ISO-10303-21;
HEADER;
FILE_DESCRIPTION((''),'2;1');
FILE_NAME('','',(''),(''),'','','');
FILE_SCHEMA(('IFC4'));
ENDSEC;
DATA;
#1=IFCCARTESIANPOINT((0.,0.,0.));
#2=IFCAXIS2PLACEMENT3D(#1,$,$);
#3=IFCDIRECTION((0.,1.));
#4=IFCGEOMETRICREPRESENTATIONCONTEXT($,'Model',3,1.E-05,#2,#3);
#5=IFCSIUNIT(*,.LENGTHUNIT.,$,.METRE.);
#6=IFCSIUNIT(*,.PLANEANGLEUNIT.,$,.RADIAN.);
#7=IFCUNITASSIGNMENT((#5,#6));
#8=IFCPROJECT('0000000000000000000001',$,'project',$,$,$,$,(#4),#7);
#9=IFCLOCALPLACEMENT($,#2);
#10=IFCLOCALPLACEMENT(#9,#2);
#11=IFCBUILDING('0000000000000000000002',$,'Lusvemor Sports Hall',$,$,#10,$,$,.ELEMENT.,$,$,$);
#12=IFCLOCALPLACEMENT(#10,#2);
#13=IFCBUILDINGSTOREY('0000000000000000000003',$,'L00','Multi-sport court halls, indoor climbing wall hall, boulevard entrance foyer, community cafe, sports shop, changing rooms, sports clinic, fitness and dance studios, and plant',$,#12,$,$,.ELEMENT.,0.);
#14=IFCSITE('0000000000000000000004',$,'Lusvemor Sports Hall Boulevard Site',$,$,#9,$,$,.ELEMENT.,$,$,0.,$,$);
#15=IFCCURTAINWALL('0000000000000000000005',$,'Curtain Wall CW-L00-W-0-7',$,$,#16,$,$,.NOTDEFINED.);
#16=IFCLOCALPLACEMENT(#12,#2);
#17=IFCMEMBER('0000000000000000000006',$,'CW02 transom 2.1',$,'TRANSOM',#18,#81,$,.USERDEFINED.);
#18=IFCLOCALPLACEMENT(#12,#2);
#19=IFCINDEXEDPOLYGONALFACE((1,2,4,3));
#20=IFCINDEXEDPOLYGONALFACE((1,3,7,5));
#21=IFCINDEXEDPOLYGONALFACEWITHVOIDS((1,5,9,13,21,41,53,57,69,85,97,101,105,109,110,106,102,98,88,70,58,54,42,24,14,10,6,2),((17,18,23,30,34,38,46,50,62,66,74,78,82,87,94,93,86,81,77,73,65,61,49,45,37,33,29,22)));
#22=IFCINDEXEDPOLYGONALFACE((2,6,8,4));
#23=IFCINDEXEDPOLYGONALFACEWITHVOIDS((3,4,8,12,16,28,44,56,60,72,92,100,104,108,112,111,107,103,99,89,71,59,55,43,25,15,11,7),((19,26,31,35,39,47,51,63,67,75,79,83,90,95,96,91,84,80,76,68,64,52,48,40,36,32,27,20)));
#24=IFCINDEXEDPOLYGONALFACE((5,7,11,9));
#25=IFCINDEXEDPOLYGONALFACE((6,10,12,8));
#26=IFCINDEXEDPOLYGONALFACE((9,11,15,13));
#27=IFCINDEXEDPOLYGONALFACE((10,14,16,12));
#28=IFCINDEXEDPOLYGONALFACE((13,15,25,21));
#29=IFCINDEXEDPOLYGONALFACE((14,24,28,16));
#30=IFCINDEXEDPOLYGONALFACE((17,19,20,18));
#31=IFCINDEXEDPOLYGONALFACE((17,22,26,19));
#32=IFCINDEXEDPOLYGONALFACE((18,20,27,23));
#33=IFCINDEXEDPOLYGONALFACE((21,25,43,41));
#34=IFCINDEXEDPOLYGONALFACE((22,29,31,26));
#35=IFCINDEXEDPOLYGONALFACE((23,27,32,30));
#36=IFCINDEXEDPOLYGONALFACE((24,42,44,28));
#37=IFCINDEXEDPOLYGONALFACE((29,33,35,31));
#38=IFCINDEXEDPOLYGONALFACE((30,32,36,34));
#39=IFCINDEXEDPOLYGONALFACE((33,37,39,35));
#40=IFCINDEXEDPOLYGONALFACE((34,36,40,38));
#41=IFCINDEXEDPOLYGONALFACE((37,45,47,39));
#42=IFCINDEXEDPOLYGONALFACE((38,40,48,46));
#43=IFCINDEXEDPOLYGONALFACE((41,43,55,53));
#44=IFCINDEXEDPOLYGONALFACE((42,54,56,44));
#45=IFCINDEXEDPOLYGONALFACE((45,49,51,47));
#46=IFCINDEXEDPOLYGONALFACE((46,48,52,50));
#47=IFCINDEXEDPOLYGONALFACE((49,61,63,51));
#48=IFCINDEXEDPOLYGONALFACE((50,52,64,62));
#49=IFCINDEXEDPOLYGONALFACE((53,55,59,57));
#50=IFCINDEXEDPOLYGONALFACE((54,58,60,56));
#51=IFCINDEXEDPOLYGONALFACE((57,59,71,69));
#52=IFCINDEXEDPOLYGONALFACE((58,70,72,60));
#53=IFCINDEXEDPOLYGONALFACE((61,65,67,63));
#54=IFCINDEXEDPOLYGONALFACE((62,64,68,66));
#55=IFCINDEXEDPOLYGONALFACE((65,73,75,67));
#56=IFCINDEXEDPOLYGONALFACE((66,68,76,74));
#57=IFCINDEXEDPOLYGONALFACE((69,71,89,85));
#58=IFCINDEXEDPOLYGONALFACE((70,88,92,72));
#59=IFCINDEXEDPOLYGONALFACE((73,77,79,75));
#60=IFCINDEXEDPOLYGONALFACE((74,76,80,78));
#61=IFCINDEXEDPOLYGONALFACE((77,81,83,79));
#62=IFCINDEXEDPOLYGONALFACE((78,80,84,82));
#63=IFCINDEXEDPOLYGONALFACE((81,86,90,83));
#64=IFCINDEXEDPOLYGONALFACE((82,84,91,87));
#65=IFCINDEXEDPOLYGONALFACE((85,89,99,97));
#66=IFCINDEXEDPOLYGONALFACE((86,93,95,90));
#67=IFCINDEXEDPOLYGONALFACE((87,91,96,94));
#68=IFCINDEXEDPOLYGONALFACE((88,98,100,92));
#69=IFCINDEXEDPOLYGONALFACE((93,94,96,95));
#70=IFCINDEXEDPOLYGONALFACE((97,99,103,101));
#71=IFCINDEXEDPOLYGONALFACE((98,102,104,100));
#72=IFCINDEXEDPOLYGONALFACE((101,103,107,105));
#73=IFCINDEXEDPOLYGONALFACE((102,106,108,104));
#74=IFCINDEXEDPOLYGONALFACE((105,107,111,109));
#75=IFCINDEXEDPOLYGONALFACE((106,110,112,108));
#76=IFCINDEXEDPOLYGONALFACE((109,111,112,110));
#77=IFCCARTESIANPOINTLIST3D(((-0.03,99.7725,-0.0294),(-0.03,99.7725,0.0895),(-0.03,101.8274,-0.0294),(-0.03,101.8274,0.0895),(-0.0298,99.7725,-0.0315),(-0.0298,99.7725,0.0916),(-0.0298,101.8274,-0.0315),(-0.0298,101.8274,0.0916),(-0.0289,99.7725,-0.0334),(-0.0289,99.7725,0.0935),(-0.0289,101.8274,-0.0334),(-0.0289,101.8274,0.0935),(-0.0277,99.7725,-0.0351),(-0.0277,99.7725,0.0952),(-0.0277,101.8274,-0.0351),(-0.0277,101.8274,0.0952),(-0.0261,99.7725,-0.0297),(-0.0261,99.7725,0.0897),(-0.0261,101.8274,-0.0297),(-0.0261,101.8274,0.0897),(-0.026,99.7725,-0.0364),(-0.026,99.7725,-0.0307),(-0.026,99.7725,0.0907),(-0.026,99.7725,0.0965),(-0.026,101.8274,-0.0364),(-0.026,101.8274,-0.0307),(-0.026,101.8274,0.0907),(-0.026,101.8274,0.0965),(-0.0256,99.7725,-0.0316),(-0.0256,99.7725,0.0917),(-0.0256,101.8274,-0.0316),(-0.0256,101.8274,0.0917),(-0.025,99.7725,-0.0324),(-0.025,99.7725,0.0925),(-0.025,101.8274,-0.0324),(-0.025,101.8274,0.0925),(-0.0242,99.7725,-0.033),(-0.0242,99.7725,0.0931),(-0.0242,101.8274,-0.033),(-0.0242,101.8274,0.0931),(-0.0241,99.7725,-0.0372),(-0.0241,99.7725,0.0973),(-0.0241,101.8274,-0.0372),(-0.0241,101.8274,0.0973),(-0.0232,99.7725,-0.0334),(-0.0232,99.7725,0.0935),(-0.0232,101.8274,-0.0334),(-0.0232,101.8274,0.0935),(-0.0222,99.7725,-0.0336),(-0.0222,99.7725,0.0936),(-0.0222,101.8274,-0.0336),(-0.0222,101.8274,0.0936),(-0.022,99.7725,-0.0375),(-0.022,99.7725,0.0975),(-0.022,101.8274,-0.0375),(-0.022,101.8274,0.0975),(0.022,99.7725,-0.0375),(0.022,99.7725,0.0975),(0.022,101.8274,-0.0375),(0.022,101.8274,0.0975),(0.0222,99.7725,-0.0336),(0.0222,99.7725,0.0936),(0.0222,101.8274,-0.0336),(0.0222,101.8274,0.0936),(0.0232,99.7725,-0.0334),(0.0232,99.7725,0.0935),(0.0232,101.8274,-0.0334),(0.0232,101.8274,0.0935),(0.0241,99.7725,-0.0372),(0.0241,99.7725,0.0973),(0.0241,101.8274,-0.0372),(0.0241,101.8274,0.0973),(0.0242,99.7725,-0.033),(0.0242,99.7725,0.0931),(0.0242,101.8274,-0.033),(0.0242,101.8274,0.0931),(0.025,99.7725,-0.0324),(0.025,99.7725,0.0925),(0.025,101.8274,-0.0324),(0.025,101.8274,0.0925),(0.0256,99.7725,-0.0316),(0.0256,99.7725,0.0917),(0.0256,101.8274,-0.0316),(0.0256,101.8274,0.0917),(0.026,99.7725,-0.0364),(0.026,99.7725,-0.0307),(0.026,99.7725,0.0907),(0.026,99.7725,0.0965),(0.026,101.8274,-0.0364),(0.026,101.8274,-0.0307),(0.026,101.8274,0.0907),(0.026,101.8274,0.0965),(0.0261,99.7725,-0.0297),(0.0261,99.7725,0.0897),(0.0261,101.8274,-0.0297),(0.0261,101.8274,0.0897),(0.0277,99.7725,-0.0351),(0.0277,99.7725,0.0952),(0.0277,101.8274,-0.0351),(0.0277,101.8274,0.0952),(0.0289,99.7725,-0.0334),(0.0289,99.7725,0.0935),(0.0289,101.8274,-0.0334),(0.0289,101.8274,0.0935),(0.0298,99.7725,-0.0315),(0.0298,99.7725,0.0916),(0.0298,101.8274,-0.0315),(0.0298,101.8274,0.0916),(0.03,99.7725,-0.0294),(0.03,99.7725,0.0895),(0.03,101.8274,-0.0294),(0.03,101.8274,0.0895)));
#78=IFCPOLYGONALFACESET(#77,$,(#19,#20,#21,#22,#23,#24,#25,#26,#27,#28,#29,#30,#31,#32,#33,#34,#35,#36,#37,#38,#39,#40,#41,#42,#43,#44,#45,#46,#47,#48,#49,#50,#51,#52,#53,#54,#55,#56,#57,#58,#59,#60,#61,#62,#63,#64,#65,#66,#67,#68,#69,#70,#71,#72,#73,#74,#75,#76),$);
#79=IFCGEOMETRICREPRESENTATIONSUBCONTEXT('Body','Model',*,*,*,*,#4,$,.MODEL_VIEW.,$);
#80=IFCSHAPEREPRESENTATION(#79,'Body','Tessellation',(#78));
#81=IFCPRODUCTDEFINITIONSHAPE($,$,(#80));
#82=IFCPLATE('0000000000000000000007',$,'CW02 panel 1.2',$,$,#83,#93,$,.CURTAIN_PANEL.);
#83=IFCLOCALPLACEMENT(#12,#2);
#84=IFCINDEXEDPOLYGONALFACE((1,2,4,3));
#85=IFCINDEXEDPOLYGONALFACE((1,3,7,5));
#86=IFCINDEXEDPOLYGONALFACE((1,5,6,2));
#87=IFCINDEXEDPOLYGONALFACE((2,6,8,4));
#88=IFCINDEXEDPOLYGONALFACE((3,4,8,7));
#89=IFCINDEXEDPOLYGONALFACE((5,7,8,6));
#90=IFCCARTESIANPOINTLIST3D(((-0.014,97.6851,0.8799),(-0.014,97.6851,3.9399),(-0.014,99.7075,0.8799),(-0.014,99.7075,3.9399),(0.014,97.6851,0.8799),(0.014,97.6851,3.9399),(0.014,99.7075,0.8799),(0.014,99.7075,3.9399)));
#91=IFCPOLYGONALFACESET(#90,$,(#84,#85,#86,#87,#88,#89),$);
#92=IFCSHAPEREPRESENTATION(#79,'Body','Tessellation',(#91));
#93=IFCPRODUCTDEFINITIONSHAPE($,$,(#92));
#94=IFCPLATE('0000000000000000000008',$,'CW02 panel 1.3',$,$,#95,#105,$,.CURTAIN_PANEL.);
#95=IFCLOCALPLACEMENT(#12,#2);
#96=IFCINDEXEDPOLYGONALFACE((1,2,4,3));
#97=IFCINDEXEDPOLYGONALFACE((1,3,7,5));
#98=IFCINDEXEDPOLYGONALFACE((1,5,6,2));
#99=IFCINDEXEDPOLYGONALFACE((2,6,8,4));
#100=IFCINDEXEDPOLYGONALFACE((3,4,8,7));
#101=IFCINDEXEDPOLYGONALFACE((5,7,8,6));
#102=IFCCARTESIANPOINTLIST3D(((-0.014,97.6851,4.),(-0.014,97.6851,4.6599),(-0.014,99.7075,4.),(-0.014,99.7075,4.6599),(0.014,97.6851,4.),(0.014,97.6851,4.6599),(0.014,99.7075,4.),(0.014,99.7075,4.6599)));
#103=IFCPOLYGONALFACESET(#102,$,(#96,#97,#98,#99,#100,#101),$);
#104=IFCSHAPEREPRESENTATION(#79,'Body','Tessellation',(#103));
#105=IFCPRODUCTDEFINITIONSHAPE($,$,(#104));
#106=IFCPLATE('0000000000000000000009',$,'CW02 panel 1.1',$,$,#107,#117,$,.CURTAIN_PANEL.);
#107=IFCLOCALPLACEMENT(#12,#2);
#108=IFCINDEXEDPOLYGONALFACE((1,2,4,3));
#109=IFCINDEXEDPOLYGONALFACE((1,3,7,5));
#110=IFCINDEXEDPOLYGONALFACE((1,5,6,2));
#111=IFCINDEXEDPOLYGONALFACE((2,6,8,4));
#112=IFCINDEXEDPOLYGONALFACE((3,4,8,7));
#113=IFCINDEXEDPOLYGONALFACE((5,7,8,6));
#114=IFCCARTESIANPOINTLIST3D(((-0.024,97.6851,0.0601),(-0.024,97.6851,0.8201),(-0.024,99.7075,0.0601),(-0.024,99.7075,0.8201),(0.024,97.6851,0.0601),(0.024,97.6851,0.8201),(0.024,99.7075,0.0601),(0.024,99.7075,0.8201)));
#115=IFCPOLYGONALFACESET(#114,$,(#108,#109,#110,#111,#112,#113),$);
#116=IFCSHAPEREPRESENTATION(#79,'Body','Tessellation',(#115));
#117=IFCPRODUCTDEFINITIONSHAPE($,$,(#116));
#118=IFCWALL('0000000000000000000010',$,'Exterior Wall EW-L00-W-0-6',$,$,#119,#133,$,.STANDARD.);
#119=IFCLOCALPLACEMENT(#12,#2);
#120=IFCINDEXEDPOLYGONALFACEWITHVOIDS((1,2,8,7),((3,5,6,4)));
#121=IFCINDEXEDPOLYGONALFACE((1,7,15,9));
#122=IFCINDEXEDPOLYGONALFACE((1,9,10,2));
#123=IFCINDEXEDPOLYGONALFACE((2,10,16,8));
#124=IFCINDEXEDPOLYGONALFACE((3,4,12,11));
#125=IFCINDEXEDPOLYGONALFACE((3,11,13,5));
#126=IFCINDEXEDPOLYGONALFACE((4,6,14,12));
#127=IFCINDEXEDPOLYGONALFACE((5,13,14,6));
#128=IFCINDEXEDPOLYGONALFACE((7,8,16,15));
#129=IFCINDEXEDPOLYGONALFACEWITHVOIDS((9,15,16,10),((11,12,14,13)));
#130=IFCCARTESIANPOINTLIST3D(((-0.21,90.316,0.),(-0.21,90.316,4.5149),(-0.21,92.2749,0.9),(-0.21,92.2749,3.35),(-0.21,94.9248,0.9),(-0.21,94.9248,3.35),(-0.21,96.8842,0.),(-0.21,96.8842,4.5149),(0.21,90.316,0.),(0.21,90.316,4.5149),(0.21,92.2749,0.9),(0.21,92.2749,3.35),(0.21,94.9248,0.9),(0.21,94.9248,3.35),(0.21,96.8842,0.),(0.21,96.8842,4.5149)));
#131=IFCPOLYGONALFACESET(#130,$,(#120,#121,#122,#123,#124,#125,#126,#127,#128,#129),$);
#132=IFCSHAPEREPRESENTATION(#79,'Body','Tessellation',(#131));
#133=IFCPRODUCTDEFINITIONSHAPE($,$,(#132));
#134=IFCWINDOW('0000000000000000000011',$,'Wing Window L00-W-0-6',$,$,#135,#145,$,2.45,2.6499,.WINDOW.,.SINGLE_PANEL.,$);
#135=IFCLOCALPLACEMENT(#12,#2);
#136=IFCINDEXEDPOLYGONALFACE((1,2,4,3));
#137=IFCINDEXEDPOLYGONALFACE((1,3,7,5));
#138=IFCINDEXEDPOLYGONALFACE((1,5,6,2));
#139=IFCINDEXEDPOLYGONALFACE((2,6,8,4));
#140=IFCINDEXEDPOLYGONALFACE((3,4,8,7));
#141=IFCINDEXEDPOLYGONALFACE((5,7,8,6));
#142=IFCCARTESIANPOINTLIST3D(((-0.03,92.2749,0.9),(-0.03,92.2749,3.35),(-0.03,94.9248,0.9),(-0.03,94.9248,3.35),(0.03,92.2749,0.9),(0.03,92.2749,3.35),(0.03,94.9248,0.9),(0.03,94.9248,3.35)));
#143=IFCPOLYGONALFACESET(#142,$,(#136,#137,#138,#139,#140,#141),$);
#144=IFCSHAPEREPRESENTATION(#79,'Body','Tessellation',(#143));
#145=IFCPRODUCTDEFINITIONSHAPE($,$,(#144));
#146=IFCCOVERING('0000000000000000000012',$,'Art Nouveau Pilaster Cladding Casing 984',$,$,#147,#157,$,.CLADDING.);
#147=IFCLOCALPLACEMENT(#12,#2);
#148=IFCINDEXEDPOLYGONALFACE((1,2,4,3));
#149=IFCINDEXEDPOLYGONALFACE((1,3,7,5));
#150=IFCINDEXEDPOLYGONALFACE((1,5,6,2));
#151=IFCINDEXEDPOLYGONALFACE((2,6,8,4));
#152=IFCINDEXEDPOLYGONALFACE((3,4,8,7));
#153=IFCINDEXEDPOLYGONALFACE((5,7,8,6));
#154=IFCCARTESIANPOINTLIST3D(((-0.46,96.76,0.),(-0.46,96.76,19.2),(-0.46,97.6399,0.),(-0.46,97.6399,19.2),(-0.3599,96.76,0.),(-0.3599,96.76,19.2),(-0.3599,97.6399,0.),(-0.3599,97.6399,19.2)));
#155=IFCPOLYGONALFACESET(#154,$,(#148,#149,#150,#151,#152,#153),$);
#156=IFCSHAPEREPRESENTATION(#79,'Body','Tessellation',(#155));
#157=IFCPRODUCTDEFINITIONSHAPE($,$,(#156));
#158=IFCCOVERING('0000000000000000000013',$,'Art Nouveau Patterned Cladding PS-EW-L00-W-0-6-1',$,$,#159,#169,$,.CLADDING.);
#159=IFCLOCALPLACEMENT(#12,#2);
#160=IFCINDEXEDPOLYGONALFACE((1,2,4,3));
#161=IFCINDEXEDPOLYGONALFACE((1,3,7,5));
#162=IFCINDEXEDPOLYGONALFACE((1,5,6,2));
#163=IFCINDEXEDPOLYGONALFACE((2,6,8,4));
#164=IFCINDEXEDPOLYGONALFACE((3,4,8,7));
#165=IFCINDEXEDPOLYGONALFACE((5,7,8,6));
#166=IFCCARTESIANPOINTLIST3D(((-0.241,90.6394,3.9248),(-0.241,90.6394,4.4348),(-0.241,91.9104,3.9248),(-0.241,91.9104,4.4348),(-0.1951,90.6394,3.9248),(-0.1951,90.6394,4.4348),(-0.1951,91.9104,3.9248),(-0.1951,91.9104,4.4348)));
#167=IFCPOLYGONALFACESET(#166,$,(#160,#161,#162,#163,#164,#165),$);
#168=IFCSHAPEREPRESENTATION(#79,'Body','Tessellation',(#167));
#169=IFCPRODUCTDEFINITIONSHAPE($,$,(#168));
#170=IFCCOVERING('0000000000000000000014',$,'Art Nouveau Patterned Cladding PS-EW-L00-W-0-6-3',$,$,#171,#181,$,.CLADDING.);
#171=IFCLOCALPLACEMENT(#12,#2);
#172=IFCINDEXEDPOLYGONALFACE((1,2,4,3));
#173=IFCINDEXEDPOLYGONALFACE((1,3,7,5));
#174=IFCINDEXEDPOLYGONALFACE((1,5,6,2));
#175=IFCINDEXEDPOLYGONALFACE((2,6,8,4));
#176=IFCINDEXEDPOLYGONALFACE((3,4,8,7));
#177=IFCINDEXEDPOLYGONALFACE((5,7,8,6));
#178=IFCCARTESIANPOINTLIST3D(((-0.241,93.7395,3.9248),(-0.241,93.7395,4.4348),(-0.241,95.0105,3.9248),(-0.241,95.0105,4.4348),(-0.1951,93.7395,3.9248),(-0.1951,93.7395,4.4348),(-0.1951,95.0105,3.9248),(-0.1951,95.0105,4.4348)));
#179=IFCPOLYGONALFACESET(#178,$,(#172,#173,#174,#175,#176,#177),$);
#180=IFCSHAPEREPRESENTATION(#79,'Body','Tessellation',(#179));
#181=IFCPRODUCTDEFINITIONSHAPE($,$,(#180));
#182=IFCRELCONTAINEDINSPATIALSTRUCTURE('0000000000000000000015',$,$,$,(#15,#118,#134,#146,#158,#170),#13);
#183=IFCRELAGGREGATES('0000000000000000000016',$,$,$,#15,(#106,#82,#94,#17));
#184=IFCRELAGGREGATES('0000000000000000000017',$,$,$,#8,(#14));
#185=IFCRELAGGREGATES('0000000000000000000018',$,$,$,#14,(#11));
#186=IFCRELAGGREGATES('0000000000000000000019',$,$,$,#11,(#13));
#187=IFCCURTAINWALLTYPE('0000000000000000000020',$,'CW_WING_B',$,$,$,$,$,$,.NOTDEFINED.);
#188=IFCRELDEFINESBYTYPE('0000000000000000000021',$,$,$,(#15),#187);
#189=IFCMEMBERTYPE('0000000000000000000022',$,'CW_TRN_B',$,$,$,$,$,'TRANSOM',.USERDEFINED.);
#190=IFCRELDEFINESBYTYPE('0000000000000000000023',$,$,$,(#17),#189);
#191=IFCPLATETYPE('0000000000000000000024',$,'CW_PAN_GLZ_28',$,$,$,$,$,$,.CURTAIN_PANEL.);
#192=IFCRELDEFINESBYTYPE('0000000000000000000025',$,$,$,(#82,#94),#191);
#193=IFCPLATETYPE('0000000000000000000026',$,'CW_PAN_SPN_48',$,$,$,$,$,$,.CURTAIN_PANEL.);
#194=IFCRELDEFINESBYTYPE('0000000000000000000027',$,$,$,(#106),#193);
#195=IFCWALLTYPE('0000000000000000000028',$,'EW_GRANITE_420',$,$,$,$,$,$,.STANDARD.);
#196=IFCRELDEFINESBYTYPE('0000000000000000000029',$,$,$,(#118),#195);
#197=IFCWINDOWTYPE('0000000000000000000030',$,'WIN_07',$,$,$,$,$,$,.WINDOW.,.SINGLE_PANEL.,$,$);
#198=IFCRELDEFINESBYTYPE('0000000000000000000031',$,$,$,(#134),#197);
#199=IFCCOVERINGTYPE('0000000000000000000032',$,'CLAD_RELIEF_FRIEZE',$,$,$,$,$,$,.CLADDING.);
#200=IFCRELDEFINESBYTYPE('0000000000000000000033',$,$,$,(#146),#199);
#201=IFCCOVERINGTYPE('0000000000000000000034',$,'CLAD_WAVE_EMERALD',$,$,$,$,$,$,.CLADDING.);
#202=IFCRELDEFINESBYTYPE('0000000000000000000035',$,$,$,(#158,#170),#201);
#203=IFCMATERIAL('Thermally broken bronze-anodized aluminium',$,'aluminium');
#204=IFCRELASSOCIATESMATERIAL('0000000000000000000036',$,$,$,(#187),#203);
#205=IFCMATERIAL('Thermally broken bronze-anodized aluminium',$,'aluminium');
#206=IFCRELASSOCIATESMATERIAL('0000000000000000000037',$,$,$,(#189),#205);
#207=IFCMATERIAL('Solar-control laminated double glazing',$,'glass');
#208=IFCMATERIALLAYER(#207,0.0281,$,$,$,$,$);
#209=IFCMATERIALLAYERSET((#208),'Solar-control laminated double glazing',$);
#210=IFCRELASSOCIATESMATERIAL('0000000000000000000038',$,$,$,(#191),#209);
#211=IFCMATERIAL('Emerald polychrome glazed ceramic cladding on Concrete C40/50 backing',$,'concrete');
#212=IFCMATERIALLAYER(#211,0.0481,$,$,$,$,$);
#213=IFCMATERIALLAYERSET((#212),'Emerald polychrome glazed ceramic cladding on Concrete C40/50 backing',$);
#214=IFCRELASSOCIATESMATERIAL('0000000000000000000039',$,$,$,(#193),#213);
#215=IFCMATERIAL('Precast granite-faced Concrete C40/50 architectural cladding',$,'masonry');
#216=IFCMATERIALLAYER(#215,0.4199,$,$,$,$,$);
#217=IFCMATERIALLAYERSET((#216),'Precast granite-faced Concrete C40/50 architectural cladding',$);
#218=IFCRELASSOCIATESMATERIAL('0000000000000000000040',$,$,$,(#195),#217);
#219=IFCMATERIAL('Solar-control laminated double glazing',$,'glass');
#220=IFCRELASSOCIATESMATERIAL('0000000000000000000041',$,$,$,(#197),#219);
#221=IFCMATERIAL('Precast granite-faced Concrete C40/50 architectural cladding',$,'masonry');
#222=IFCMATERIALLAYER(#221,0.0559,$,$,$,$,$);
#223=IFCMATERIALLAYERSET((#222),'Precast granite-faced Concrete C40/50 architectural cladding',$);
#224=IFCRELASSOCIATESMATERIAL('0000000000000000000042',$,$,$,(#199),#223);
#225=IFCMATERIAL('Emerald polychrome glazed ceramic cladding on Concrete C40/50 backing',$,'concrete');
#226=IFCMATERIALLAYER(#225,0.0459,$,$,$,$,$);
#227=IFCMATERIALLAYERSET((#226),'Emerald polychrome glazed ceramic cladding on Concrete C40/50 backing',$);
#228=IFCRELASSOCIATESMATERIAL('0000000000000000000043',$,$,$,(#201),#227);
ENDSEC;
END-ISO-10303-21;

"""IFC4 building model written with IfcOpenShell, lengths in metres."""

from ifc_helpers import new_model, si_unit, direction, frame, frame_2d, origin, origin_2d, place, context, subcontext, project, spatial, rectangle, hollow_rectangle, extrude, material, layer, layer_set, material_profile, profile_set, type_object, element, fill, aggregate, save


model = new_model("IFC4")

# Units and contexts
model_context = context("Model", 3, precision=1e-05, world=origin(), true_north=direction((0.0, 1.0)))
body_context = subcontext(model_context, "Body", "Model", "MODEL_VIEW")
ifc_project = project(units=[si_unit("LENGTHUNIT", "METRE"), si_unit("PLANEANGLEUNIT", "RADIAN")], contexts=[model_context])

# Site, building, storey
site_placement = place(None, origin())
site = spatial("IfcSite", under=ifc_project, at=site_placement, Name="Lusvemor Sports Hall Boulevard Site", CompositionType="ELEMENT", RefElevation=0.0)
building_placement = place(site_placement, origin())
building = spatial("IfcBuilding", under=site, at=building_placement, Name="Lusvemor Sports Hall", CompositionType="ELEMENT")
storey_placement = place(building_placement, origin())
storey = spatial("IfcBuildingStorey", under=building, at=storey_placement, Name="L00", Description="Multi-sport court halls, indoor climbing wall hall, boulevard entrance foyer, community cafe, sports shop, changing rooms, sports clinic, fitness and dance studios, and plant", CompositionType="ELEMENT", Elevation=0.0)

# Curtain wall, member, plates
ifc_material_1 = material(Name="Thermally broken bronze-anodized aluminium", Category="aluminium")
curtain_wall_type = type_object("IfcCurtainWallType", Name="CW_WING_B", PredefinedType="NOTDEFINED", material=ifc_material_1)
curtain_wall_placement = place(storey_placement, origin())
curtain_wall = element("IfcCurtainWall", 1, at=curtain_wall_placement, inside=storey, type_object=curtain_wall_type, Name="Curtain Wall CW-L00-W-0-7", PredefinedType="NOTDEFINED")
ifc_material_2 = material(Name="Thermally broken bronze-anodized aluminium", Category="aluminium")
ifc_material_profile_1 = material_profile(ifc_material_2, hollow_rectangle(XDim=0.0601, YDim=0.135, WallThickness=0.0039, InnerFilletRadius=0.0039, OuterFilletRadius=0.0081, at=origin_2d()), Name="CWTRN135x60x4")
ifc_profile_set_1 = profile_set([ifc_material_profile_1], Name="Thermally broken bronze-anodized aluminium")
member_type_1 = type_object("IfcMemberType", Name="CW_TRN_B", ElementType="TRANSOM", PredefinedType="USERDEFINED", material=ifc_profile_set_1)
member_1_placement = place(storey_placement, frame((0.0, 99.7725, 0.03), z_axis=(0.0, 1.0, 0.0), x_axis=(-1.0, 0.0, 0.0)))
member_1 = element("IfcMember", 2, at=member_1_placement, type_object=member_type_1, Name="CW02 transom 2.1", ObjectType="TRANSOM", PredefinedType="USERDEFINED", context=body_context, shape_type="SweptSolid", body=[
    extrude(hollow_rectangle(XDim=0.0601, YDim=0.135, WallThickness=0.0039, InnerFilletRadius=0.0039, OuterFilletRadius=0.0081, at=origin_2d()), origin(), (0.0, 0.0, 1.0), 2.0549),
])
ifc_material_3 = material(Name="Solar-control laminated double glazing", Category="glass")
ifc_layer_1 = layer(ifc_material_3, 0.0281)
ifc_layer_set_1 = layer_set([ifc_layer_1], Name="Solar-control laminated double glazing")
plate_type_1 = type_object("IfcPlateType", Name="CW_PAN_GLZ_28", PredefinedType="CURTAIN_PANEL", material=ifc_layer_set_1)
plate_1_placement = place(storey_placement, frame((0.0, 98.6963, 0.8799), z_axis=(0.0, 0.0, 1.0), x_axis=(0.0, 1.0, 0.0)))
plate_1 = element("IfcPlate", 3, at=plate_1_placement, type_object=plate_type_1, Name="CW02 panel 1.2", PredefinedType="CURTAIN_PANEL", context=body_context, shape_type="SweptSolid", body=[
    extrude(rectangle(XDim=2.0225, YDim=0.0281, at=origin_2d()), origin(), (0.0, 0.0, 1.0), 3.0601),
])
plate_2_placement = place(storey_placement, frame((0.0, 98.6963, 4.0), z_axis=(0.0, 0.0, 1.0), x_axis=(0.0, 1.0, 0.0)))
plate_2 = element("IfcPlate", 4, at=plate_2_placement, type_object=plate_type_1, Name="CW02 panel 1.3", PredefinedType="CURTAIN_PANEL", context=body_context, shape_type="SweptSolid", body=[
    extrude(rectangle(XDim=2.0225, YDim=0.0281, at=origin_2d()), origin(), (0.0, 0.0, 1.0), 0.6599),
])
ifc_material_4 = material(Name="Emerald polychrome glazed ceramic cladding on Concrete C40/50 backing", Category="concrete")
ifc_layer_2 = layer(ifc_material_4, 0.0481)
ifc_layer_set_2 = layer_set([ifc_layer_2], Name="Emerald polychrome glazed ceramic cladding on Concrete C40/50 backing")
plate_type_2 = type_object("IfcPlateType", Name="CW_PAN_SPN_48", PredefinedType="CURTAIN_PANEL", material=ifc_layer_set_2)
plate_3_placement = place(storey_placement, frame((0.0, 98.6963, 0.0601), z_axis=(0.0, 0.0, 1.0), x_axis=(0.0, 1.0, 0.0)))
plate_3 = element("IfcPlate", 5, at=plate_3_placement, type_object=plate_type_2, Name="CW02 panel 1.1", PredefinedType="CURTAIN_PANEL", context=body_context, shape_type="SweptSolid", body=[
    extrude(rectangle(XDim=2.0225, YDim=0.0481, at=origin_2d()), origin(), (0.0, 0.0, 1.0), 0.76),
])
aggregate(curtain_wall, [plate_3, plate_1, plate_2, member_1])

# Wall, opening, window
ifc_material_5 = material(Name="Precast granite-faced Concrete C40/50 architectural cladding", Category="masonry")
ifc_layer_3 = layer(ifc_material_5, 0.4199)
ifc_layer_set_3 = layer_set([ifc_layer_3], Name="Precast granite-faced Concrete C40/50 architectural cladding")
wall_type = type_object("IfcWallType", Name="EW_GRANITE_420", PredefinedType="STANDARD", material=ifc_layer_set_3)
wall_placement = place(storey_placement, frame((0.0, 90.3159, 0.0), z_axis=(0.0, 0.0, 1.0), x_axis=(0.0, 1.0, 0.0)))
wall = element("IfcWall", 6, at=wall_placement, inside=storey, type_object=wall_type, Name="Exterior Wall EW-L00-W-0-6", PredefinedType="STANDARD", context=body_context, shape_type="SweptSolid", body=[
    extrude(rectangle(XDim=6.5681, YDim=0.4199, at=frame_2d((3.2842, 0.0))), origin(), (0.0, 0.0, 1.0), 4.5149),
])
opening_placement = place(wall_placement, frame((1.959, 0.0, 0.8999)))
opening = element("IfcOpeningElement", 7, at=opening_placement, cuts=wall, PredefinedType="OPENING", context=body_context, shape_type="SweptSolid", body=[
    extrude(rectangle(XDim=2.6499, YDim=2.45, at=frame_2d((1.325, 1.2251))), frame((0.0, 0.21, 0.0), z_axis=(0.0, -1.0, 0.0), x_axis=(1.0, 0.0, 0.0)), (0.0, 0.0, 1.0), 0.4199),
])
ifc_material_6 = material(Name="Solar-control laminated double glazing", Category="glass")
window_type = type_object("IfcWindowType", Name="WIN_07", PartitioningType="SINGLE_PANEL", PredefinedType="WINDOW", material=ifc_material_6)
window_placement = place(opening_placement, origin())
window = element("IfcWindow", 8, at=window_placement, inside=storey, type_object=window_type, Name="Wing Window L00-W-0-6", OverallHeight=2.45, OverallWidth=2.6499, PartitioningType="SINGLE_PANEL", PredefinedType="WINDOW", context=body_context, shape_type="SweptSolid", body=[
    extrude(rectangle(XDim=2.6499, YDim=2.45, at=frame_2d((1.325, 1.2251))), frame((0.0, 0.03, 0.0), z_axis=(0.0, -1.0, 0.0), x_axis=(1.0, 0.0, 0.0)), (0.0, 0.0, 1.0), 0.0601),
])
fill(opening, window)

# Coverings
ifc_material_7 = material(Name="Precast granite-faced Concrete C40/50 architectural cladding", Category="masonry")
ifc_layer_4 = layer(ifc_material_7, 0.0559)
ifc_layer_set_4 = layer_set([ifc_layer_4], Name="Precast granite-faced Concrete C40/50 architectural cladding")
covering_type_1 = type_object("IfcCoveringType", Name="CLAD_RELIEF_FRIEZE", PredefinedType="CLADDING", material=ifc_layer_set_4)
covering_1_placement = place(storey_placement, frame((-0.4099, 97.2, 0.0), z_axis=(0.0, 0.0, 1.0), x_axis=(1.0, 0.0, 0.0)))
element("IfcCovering", 9, at=covering_1_placement, inside=storey, type_object=covering_type_1, Name="Art Nouveau Pilaster Cladding Casing 984", PredefinedType="CLADDING", context=body_context, shape_type="SweptSolid", body=[
    extrude(rectangle(XDim=0.1001, YDim=0.8799, at=origin_2d()), origin(), (0.0, 0.0, 1.0), 19.2),
])
ifc_material_8 = material(Name="Emerald polychrome glazed ceramic cladding on Concrete C40/50 backing", Category="concrete")
ifc_layer_5 = layer(ifc_material_8, 0.0459)
ifc_layer_set_5 = layer_set([ifc_layer_5], Name="Emerald polychrome glazed ceramic cladding on Concrete C40/50 backing")
covering_type_2 = type_object("IfcCoveringType", Name="CLAD_WAVE_EMERALD", PredefinedType="CLADDING", material=ifc_layer_set_5)
for number, where, z_axis, x_axis, name in (
    (10, (-0.218, 91.2749, 3.9248), (0.0, 0.0, 1.0), (1.0, 0.0, 0.0), "Art Nouveau Patterned Cladding PS-EW-L00-W-0-6-1"),
    (11, (-0.218, 94.375, 3.9248), (0.0, 0.0, 1.0), (1.0, 0.0, 0.0), "Art Nouveau Patterned Cladding PS-EW-L00-W-0-6-3"),
):
    element("IfcCovering", number, at=place(storey_placement, frame(where, z_axis=z_axis, x_axis=x_axis)), inside=storey, type_object=covering_type_2, Name=name, PredefinedType="CLADDING", context=body_context, shape_type="SweptSolid", body=[
        extrude(rectangle(XDim=0.0459, YDim=1.271, at=origin_2d()), origin(), (0.0, 0.0, 1.0), 0.51),
    ])

save(model, "model.ifc")
